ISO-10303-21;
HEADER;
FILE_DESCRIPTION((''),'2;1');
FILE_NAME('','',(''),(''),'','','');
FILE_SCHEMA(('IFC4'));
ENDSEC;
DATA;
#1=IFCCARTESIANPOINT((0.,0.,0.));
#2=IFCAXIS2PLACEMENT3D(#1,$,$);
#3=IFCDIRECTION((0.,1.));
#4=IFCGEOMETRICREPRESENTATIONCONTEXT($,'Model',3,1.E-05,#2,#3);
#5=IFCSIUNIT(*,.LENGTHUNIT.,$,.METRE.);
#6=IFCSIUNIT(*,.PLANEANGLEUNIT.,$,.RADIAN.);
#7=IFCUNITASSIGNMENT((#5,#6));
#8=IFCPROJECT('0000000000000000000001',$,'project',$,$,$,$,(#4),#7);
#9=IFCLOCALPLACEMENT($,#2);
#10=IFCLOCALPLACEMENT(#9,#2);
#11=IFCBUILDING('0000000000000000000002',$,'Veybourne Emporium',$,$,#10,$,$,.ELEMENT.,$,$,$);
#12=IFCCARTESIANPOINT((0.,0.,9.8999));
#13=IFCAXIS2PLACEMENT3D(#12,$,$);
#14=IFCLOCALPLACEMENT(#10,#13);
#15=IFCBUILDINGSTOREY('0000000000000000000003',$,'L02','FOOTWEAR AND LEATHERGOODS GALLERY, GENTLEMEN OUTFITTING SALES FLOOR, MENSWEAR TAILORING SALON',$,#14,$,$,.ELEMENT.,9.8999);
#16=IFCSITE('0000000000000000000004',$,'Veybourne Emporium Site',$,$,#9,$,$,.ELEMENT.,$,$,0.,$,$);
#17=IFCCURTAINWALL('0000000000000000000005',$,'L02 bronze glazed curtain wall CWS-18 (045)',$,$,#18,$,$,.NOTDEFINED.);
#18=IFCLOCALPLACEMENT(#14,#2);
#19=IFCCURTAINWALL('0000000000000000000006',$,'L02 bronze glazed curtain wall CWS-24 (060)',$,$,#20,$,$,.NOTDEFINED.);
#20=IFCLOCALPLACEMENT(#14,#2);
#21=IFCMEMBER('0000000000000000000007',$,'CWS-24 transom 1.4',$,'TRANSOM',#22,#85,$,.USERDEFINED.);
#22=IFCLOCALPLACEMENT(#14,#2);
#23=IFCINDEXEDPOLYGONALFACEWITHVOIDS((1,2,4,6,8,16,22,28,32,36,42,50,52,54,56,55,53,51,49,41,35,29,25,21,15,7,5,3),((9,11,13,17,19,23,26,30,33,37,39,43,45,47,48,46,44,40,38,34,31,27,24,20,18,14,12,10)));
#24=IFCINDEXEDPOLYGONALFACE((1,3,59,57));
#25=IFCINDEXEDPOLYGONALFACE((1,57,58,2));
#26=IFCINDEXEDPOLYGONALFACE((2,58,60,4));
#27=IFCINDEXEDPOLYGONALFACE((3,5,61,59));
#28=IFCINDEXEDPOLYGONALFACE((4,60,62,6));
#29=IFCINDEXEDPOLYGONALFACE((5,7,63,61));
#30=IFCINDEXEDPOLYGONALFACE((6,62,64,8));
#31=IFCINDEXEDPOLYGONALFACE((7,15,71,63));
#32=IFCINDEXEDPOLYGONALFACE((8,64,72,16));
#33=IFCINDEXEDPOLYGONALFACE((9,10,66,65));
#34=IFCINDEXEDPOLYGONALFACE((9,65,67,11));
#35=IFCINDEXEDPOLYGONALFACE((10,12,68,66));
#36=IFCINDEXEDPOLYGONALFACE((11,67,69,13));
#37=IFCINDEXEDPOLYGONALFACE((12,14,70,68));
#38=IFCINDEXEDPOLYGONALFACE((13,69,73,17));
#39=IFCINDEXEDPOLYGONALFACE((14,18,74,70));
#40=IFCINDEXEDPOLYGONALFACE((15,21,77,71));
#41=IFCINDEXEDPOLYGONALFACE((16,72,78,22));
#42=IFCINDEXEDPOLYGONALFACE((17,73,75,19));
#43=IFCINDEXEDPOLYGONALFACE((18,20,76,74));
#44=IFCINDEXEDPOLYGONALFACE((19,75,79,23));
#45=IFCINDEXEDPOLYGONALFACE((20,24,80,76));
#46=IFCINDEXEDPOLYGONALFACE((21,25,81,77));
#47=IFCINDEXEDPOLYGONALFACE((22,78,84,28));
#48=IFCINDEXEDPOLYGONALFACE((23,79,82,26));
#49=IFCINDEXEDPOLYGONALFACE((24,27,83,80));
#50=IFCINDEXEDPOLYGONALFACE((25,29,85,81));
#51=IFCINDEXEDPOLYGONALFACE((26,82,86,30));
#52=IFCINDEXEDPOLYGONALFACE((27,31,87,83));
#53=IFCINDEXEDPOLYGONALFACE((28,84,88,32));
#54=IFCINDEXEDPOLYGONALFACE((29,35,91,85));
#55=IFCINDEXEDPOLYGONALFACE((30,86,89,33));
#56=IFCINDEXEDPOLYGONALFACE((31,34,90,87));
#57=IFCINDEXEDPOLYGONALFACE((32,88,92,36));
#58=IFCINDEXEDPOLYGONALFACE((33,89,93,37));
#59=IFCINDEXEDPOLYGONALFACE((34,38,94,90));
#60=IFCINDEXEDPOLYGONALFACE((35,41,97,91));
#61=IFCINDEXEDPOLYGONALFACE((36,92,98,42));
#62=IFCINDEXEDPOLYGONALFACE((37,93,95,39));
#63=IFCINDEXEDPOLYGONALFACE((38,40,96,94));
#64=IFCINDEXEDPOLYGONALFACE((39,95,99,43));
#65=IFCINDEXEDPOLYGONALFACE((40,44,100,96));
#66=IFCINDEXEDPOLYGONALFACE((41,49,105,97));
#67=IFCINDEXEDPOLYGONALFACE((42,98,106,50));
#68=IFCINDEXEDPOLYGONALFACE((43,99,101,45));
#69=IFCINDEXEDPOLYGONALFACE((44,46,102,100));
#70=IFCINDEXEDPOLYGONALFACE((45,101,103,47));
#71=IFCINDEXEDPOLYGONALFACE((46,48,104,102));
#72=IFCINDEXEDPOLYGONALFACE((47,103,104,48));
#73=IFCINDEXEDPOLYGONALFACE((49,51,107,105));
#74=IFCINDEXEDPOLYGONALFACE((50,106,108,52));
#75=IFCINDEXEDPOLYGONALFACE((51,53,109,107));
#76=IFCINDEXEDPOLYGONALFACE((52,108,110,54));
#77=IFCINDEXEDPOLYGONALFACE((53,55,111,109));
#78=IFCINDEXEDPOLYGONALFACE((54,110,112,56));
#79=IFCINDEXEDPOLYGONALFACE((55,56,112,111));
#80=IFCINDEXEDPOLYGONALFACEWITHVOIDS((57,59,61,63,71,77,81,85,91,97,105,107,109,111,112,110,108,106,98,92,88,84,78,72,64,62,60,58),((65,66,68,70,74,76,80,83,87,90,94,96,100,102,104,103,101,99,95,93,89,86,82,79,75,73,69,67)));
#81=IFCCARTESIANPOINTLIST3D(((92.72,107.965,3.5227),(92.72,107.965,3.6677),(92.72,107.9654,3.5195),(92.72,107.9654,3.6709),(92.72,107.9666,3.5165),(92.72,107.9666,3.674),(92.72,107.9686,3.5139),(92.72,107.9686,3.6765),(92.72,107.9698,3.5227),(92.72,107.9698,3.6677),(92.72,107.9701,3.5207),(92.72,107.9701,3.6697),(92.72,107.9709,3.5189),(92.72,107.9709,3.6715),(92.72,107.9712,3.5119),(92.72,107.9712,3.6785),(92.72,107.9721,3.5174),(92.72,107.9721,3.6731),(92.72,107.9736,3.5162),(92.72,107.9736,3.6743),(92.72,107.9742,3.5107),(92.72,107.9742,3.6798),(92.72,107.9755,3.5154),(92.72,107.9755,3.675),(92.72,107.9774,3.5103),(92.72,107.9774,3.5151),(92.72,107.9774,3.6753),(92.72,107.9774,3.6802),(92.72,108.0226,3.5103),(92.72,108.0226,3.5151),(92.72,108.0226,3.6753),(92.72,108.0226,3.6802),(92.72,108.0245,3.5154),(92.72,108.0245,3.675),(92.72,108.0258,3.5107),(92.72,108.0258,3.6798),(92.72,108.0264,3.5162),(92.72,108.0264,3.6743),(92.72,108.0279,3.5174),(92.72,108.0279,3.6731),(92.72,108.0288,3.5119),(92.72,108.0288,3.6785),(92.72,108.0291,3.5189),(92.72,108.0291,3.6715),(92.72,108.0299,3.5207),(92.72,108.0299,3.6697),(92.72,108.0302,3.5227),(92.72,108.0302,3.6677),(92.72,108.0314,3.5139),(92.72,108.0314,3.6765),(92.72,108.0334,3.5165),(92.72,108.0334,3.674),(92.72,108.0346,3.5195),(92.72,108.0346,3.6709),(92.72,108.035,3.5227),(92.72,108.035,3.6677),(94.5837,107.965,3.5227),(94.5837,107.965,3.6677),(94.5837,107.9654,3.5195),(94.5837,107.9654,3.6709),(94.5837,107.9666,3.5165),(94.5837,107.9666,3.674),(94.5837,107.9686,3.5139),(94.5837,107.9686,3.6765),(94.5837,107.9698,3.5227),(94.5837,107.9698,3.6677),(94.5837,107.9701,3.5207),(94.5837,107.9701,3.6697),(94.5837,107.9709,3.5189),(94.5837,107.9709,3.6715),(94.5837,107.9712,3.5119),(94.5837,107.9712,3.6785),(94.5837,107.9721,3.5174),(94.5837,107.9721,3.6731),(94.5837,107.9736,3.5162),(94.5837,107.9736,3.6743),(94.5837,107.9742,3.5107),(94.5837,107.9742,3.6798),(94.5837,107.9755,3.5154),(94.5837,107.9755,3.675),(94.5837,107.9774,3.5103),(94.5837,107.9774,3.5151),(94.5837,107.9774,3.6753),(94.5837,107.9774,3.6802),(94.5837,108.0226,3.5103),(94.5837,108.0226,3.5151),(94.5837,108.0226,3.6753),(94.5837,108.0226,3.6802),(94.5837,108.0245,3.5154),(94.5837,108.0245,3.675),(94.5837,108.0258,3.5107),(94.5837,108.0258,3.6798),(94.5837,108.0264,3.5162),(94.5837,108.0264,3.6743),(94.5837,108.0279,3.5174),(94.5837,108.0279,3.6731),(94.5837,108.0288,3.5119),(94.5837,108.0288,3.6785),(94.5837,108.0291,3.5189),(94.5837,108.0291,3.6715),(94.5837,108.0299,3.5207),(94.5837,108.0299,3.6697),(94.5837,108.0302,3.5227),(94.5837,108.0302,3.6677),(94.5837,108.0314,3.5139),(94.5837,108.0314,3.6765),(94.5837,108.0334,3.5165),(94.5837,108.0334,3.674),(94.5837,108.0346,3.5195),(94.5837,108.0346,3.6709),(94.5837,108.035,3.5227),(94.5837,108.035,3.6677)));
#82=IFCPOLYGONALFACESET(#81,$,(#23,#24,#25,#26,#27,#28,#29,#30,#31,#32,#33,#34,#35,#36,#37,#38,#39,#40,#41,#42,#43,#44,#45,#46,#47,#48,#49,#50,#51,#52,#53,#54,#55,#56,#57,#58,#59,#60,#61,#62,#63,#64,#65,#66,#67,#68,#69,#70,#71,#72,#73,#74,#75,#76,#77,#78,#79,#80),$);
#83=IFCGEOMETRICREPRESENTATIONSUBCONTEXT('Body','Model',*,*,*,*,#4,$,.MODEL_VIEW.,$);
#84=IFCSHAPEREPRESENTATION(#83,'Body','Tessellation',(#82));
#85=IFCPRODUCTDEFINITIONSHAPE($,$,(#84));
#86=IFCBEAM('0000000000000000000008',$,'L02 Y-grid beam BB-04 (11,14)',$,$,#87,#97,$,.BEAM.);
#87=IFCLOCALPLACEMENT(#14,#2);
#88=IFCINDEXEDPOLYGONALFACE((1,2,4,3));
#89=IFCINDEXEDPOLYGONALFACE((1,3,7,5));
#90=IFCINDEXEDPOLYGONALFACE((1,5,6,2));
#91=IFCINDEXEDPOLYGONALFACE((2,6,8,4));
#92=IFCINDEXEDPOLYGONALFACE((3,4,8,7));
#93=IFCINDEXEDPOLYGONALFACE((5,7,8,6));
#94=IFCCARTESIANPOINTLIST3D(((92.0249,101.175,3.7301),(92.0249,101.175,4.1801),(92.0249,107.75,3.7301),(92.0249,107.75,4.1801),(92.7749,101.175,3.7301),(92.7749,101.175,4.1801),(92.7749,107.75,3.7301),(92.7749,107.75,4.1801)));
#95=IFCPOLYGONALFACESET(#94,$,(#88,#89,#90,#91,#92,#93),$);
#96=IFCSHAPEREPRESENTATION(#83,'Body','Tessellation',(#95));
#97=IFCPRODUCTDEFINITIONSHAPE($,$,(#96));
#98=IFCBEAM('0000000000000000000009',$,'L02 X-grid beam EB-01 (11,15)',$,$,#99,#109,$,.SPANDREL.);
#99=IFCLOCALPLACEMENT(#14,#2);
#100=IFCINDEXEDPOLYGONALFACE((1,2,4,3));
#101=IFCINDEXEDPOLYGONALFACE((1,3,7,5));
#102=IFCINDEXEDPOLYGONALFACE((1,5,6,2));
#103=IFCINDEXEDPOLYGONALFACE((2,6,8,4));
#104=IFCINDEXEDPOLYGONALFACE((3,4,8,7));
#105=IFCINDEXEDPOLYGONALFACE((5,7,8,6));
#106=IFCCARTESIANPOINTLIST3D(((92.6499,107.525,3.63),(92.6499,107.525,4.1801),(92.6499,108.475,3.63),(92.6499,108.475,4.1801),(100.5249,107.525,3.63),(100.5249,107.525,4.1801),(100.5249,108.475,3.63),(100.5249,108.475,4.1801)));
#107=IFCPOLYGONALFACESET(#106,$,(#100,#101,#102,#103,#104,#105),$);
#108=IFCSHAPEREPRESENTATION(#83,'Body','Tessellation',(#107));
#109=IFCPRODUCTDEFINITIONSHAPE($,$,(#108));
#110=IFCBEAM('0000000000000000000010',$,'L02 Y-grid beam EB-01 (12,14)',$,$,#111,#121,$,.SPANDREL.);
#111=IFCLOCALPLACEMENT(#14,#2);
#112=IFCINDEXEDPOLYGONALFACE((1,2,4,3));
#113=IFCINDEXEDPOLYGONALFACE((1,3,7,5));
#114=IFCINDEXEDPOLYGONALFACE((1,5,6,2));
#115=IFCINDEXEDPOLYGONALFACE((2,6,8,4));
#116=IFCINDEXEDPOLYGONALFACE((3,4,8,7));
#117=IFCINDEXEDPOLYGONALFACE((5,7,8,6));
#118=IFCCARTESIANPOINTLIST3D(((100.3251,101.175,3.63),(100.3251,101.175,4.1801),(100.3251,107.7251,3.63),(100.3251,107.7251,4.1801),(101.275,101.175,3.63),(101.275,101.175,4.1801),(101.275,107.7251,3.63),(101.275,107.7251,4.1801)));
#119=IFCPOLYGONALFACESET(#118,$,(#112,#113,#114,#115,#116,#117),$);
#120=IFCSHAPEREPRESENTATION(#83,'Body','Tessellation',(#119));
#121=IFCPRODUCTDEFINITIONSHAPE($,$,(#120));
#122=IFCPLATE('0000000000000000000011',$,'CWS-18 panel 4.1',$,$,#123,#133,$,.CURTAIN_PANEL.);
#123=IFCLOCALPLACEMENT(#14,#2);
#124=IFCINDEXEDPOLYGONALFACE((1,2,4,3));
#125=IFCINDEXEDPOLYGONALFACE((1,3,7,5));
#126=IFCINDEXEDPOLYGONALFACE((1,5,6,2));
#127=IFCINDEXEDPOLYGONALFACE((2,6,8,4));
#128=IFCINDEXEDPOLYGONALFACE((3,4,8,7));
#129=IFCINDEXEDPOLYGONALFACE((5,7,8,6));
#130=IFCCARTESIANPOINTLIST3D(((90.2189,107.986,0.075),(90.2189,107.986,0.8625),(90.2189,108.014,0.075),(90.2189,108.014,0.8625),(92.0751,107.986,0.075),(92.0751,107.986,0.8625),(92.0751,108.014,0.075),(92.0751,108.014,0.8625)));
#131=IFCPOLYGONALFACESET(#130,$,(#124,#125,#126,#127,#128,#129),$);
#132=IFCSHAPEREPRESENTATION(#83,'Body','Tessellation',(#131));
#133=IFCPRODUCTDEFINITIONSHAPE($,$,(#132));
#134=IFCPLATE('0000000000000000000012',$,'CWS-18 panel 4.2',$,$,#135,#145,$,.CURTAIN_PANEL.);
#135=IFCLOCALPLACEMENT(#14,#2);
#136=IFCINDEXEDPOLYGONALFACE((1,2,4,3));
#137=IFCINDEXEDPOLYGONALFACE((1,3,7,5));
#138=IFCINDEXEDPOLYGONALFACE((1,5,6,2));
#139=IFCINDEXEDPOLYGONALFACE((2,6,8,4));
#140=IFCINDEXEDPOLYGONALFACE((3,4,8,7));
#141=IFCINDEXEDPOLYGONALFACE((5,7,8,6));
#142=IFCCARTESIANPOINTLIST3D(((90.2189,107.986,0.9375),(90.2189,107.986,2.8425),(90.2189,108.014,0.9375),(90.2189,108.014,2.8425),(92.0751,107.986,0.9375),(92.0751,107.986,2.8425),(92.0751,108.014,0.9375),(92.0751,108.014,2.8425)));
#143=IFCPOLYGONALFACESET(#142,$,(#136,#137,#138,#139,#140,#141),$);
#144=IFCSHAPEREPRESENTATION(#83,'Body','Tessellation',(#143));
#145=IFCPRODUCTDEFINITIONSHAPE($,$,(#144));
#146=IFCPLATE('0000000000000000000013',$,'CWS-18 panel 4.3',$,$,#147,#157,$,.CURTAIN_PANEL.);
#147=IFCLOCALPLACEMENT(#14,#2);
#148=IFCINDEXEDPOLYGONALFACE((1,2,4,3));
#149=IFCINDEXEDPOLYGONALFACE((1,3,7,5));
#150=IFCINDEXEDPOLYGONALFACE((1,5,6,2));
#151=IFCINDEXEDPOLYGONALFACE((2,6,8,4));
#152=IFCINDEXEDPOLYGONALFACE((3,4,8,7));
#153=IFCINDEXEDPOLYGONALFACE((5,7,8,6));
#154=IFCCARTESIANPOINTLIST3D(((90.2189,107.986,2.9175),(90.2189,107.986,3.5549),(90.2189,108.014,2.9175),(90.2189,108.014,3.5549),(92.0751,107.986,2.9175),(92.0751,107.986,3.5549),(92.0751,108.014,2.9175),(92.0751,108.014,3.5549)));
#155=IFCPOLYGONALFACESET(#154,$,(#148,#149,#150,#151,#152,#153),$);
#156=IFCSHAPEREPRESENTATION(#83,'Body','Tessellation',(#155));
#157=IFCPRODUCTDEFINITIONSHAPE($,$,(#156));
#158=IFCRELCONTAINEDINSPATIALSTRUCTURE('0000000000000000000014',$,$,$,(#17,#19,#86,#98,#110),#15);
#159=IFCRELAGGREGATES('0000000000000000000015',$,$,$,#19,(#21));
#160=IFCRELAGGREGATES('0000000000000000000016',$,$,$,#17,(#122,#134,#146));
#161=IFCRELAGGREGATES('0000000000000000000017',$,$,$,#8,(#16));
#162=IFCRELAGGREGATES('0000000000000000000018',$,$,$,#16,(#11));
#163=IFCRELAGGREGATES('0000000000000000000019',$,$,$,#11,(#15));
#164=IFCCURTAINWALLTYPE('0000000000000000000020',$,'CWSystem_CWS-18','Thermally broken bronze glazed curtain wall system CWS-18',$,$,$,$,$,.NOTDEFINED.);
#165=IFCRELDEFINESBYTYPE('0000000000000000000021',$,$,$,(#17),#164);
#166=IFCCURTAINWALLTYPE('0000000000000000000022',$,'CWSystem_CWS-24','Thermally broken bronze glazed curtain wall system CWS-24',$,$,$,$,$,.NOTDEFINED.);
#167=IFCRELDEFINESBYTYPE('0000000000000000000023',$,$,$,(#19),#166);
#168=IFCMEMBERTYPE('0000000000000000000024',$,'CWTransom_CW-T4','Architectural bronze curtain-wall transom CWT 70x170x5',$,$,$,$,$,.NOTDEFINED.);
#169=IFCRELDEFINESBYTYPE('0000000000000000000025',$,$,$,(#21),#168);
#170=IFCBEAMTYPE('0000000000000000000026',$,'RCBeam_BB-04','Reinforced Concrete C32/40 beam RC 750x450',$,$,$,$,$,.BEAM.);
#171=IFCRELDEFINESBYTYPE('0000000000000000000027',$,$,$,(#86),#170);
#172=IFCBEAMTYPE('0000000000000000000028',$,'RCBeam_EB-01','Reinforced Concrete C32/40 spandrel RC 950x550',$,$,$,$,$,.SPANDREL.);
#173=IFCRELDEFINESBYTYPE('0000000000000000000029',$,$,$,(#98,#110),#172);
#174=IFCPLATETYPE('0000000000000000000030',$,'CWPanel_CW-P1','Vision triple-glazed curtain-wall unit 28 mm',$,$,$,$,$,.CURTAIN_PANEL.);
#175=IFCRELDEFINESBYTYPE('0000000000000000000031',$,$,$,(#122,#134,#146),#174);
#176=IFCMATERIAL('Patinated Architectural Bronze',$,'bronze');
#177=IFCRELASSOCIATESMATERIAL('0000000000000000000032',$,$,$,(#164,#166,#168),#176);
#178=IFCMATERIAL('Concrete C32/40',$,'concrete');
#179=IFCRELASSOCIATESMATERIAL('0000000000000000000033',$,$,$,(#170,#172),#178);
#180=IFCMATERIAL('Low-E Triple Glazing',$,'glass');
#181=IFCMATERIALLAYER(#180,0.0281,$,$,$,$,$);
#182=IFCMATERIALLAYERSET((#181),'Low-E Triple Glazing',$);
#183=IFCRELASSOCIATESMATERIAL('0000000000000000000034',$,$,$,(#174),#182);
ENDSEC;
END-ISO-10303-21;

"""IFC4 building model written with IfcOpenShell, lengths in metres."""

from ifc_helpers import new_model, si_unit, direction, frame, origin, origin_2d, place, context, subcontext, project, spatial, rectangle, hollow_rectangle, extrude, material, layer, layer_set, material_profile, profile_set, type_object, element, aggregate, save


model = new_model("IFC4")

# Units and contexts
model_context = context("Model", 3, precision=1e-05, world=origin(), true_north=direction((0.0, 1.0)))
body_context = subcontext(model_context, "Body", "Model", "MODEL_VIEW")
ifc_project = project(units=[si_unit("LENGTHUNIT", "METRE"), si_unit("PLANEANGLEUNIT", "RADIAN")], contexts=[model_context])

# Site, building, storey
site_placement = place(None, origin())
site = spatial("IfcSite", under=ifc_project, at=site_placement, Name="Veybourne Emporium Site", CompositionType="ELEMENT", RefElevation=0.0)
building_placement = place(site_placement, origin())
building = spatial("IfcBuilding", under=site, at=building_placement, Name="Veybourne Emporium", CompositionType="ELEMENT")
storey_placement = place(building_placement, frame((0.0, 0.0, 9.8999)))
storey = spatial("IfcBuildingStorey", under=building, at=storey_placement, Name="L02", Description="FOOTWEAR AND LEATHERGOODS GALLERY, GENTLEMEN OUTFITTING SALES FLOOR, MENSWEAR TAILORING SALON", CompositionType="ELEMENT", Elevation=9.8999)

# Curtain walls
ifc_material_1 = material(Name="Patinated Architectural Bronze", Category="bronze")
curtain_wall_type_1 = type_object("IfcCurtainWallType", Name="CWSystem_CWS-18", Description="Thermally broken bronze glazed curtain wall system CWS-18", PredefinedType="NOTDEFINED", material=ifc_material_1)
curtain_wall_1_placement = place(storey_placement, origin())
curtain_wall_1 = element("IfcCurtainWall", 1, at=curtain_wall_1_placement, inside=storey, type_object=curtain_wall_type_1, Name="L02 bronze glazed curtain wall CWS-18 (045)", PredefinedType="NOTDEFINED")
curtain_wall_type_2 = type_object("IfcCurtainWallType", Name="CWSystem_CWS-24", Description="Thermally broken bronze glazed curtain wall system CWS-24", PredefinedType="NOTDEFINED", material=ifc_material_1)
curtain_wall_2_placement = place(storey_placement, origin())
curtain_wall_2 = element("IfcCurtainWall", 2, at=curtain_wall_2_placement, inside=storey, type_object=curtain_wall_type_2, Name="L02 bronze glazed curtain wall CWS-24 (060)", PredefinedType="NOTDEFINED")

# Member
ifc_material_profile_1 = material_profile(ifc_material_1, hollow_rectangle(XDim=0.0701, YDim=0.1699, WallThickness=0.0049, InnerFilletRadius=0.0076, OuterFilletRadius=0.0125, at=origin_2d()), Name="CWT 70x170x5")
ifc_profile_set_1 = profile_set([ifc_material_profile_1], Name="Patinated Architectural Bronze")
member_type_1 = type_object("IfcMemberType", Name="CWTransom_CW-T4", Description="Architectural bronze curtain-wall transom CWT 70x170x5", PredefinedType="NOTDEFINED", material=ifc_profile_set_1)
member_1_placement = place(storey_placement, frame((92.72, 108.0, 3.5952), z_axis=(1.0, 0.0, 0.0), x_axis=(0.0, 1.0, 0.0)))
member_1 = element("IfcMember", 3, at=member_1_placement, type_object=member_type_1, Name="CWS-24 transom 1.4", ObjectType="TRANSOM", PredefinedType="USERDEFINED", context=body_context, shape_type="SweptSolid", body=[
    extrude(hollow_rectangle(XDim=0.0701, YDim=0.1699, WallThickness=0.0049, InnerFilletRadius=0.0076, OuterFilletRadius=0.0125, at=origin_2d()), origin(), (0.0, 0.0, 1.0), 1.8638),
])
aggregate(curtain_wall_2, [member_1])

# Beams
ifc_material_2 = material(Name="Concrete C32/40", Category="concrete")
ifc_material_profile_2 = material_profile(ifc_material_2, rectangle(XDim=0.75, YDim=0.45, at=origin_2d()), Name="RC 750x450")
ifc_profile_set_2 = profile_set([ifc_material_profile_2], Name="Concrete C32/40")
beam_type_1 = type_object("IfcBeamType", Name="RCBeam_BB-04", Description="Reinforced Concrete C32/40 beam RC 750x450", PredefinedType="BEAM", material=ifc_profile_set_2)
beam_1_placement = place(storey_placement, frame((92.3999, 101.175, 3.9551), z_axis=(0.0, 1.0, 0.0), x_axis=(-1.0, 0.0, 0.0)))
element("IfcBeam", 4, at=beam_1_placement, inside=storey, type_object=beam_type_1, Name="L02 Y-grid beam BB-04 (11,14)", PredefinedType="BEAM", context=body_context, shape_type="SweptSolid", body=[
    extrude(rectangle(XDim=0.75, YDim=0.45, at=origin_2d()), origin(), (0.0, 0.0, 1.0), 6.575),
])
ifc_material_profile_3 = material_profile(ifc_material_2, rectangle(XDim=0.95, YDim=0.55, at=origin_2d()), Name="RC 950x550")
ifc_profile_set_3 = profile_set([ifc_material_profile_3], Name="Concrete C32/40")
beam_type_2 = type_object("IfcBeamType", Name="RCBeam_EB-01", Description="Reinforced Concrete C32/40 spandrel RC 950x550", PredefinedType="SPANDREL", material=ifc_profile_set_3)
beam_2_placement = place(storey_placement, frame((92.6499, 108.0, 3.905), z_axis=(1.0, 0.0, 0.0), x_axis=(0.0, 1.0, 0.0)))
element("IfcBeam", 5, at=beam_2_placement, inside=storey, type_object=beam_type_2, Name="L02 X-grid beam EB-01 (11,15)", PredefinedType="SPANDREL", context=body_context, shape_type="SweptSolid", body=[
    extrude(rectangle(XDim=0.95, YDim=0.55, at=origin_2d()), origin(), (0.0, 0.0, 1.0), 7.875),
])
beam_3_placement = place(storey_placement, frame((100.8, 101.175, 3.905), z_axis=(0.0, 1.0, 0.0), x_axis=(-1.0, 0.0, 0.0)))
element("IfcBeam", 6, at=beam_3_placement, inside=storey, type_object=beam_type_2, Name="L02 Y-grid beam EB-01 (12,14)", PredefinedType="SPANDREL", context=body_context, shape_type="SweptSolid", body=[
    extrude(rectangle(XDim=0.95, YDim=0.55, at=origin_2d()), origin(), (0.0, 0.0, 1.0), 6.55),
])

# Plates
ifc_material_3 = material(Name="Low-E Triple Glazing", Category="glass")
ifc_layer_1 = layer(ifc_material_3, 0.0281)
ifc_layer_set_1 = layer_set([ifc_layer_1], Name="Low-E Triple Glazing")
plate_type = type_object("IfcPlateType", Name="CWPanel_CW-P1", Description="Vision triple-glazed curtain-wall unit 28 mm", PredefinedType="CURTAIN_PANEL", material=ifc_layer_set_1)
plate_1_placement = place(storey_placement, frame((91.147, 108.0, 0.075), z_axis=(0.0, 0.0, 1.0), x_axis=(1.0, 0.0, 0.0)))
plate_1 = element("IfcPlate", 7, at=plate_1_placement, type_object=plate_type, Name="CWS-18 panel 4.1", PredefinedType="CURTAIN_PANEL", context=body_context, shape_type="SweptSolid", body=[
    extrude(rectangle(XDim=1.8562, YDim=0.0281, at=origin_2d()), origin(), (0.0, 0.0, 1.0), 0.7876),
])
plate_2_placement = place(storey_placement, frame((91.147, 108.0, 0.9375), z_axis=(0.0, 0.0, 1.0), x_axis=(1.0, 0.0, 0.0)))
plate_2 = element("IfcPlate", 8, at=plate_2_placement, type_object=plate_type, Name="CWS-18 panel 4.2", PredefinedType="CURTAIN_PANEL", context=body_context, shape_type="SweptSolid", body=[
    extrude(rectangle(XDim=1.8562, YDim=0.0281, at=origin_2d()), origin(), (0.0, 0.0, 1.0), 1.905),
])
plate_3_placement = place(storey_placement, frame((91.147, 108.0, 2.9175), z_axis=(0.0, 0.0, 1.0), x_axis=(1.0, 0.0, 0.0)))
plate_3 = element("IfcPlate", 9, at=plate_3_placement, type_object=plate_type, Name="CWS-18 panel 4.3", PredefinedType="CURTAIN_PANEL", context=body_context, shape_type="SweptSolid", body=[
    extrude(rectangle(XDim=1.8562, YDim=0.0281, at=origin_2d()), origin(), (0.0, 0.0, 1.0), 0.6375),
])
aggregate(curtain_wall_1, [plate_1, plate_2, plate_3])

save(model, "model.ifc")
